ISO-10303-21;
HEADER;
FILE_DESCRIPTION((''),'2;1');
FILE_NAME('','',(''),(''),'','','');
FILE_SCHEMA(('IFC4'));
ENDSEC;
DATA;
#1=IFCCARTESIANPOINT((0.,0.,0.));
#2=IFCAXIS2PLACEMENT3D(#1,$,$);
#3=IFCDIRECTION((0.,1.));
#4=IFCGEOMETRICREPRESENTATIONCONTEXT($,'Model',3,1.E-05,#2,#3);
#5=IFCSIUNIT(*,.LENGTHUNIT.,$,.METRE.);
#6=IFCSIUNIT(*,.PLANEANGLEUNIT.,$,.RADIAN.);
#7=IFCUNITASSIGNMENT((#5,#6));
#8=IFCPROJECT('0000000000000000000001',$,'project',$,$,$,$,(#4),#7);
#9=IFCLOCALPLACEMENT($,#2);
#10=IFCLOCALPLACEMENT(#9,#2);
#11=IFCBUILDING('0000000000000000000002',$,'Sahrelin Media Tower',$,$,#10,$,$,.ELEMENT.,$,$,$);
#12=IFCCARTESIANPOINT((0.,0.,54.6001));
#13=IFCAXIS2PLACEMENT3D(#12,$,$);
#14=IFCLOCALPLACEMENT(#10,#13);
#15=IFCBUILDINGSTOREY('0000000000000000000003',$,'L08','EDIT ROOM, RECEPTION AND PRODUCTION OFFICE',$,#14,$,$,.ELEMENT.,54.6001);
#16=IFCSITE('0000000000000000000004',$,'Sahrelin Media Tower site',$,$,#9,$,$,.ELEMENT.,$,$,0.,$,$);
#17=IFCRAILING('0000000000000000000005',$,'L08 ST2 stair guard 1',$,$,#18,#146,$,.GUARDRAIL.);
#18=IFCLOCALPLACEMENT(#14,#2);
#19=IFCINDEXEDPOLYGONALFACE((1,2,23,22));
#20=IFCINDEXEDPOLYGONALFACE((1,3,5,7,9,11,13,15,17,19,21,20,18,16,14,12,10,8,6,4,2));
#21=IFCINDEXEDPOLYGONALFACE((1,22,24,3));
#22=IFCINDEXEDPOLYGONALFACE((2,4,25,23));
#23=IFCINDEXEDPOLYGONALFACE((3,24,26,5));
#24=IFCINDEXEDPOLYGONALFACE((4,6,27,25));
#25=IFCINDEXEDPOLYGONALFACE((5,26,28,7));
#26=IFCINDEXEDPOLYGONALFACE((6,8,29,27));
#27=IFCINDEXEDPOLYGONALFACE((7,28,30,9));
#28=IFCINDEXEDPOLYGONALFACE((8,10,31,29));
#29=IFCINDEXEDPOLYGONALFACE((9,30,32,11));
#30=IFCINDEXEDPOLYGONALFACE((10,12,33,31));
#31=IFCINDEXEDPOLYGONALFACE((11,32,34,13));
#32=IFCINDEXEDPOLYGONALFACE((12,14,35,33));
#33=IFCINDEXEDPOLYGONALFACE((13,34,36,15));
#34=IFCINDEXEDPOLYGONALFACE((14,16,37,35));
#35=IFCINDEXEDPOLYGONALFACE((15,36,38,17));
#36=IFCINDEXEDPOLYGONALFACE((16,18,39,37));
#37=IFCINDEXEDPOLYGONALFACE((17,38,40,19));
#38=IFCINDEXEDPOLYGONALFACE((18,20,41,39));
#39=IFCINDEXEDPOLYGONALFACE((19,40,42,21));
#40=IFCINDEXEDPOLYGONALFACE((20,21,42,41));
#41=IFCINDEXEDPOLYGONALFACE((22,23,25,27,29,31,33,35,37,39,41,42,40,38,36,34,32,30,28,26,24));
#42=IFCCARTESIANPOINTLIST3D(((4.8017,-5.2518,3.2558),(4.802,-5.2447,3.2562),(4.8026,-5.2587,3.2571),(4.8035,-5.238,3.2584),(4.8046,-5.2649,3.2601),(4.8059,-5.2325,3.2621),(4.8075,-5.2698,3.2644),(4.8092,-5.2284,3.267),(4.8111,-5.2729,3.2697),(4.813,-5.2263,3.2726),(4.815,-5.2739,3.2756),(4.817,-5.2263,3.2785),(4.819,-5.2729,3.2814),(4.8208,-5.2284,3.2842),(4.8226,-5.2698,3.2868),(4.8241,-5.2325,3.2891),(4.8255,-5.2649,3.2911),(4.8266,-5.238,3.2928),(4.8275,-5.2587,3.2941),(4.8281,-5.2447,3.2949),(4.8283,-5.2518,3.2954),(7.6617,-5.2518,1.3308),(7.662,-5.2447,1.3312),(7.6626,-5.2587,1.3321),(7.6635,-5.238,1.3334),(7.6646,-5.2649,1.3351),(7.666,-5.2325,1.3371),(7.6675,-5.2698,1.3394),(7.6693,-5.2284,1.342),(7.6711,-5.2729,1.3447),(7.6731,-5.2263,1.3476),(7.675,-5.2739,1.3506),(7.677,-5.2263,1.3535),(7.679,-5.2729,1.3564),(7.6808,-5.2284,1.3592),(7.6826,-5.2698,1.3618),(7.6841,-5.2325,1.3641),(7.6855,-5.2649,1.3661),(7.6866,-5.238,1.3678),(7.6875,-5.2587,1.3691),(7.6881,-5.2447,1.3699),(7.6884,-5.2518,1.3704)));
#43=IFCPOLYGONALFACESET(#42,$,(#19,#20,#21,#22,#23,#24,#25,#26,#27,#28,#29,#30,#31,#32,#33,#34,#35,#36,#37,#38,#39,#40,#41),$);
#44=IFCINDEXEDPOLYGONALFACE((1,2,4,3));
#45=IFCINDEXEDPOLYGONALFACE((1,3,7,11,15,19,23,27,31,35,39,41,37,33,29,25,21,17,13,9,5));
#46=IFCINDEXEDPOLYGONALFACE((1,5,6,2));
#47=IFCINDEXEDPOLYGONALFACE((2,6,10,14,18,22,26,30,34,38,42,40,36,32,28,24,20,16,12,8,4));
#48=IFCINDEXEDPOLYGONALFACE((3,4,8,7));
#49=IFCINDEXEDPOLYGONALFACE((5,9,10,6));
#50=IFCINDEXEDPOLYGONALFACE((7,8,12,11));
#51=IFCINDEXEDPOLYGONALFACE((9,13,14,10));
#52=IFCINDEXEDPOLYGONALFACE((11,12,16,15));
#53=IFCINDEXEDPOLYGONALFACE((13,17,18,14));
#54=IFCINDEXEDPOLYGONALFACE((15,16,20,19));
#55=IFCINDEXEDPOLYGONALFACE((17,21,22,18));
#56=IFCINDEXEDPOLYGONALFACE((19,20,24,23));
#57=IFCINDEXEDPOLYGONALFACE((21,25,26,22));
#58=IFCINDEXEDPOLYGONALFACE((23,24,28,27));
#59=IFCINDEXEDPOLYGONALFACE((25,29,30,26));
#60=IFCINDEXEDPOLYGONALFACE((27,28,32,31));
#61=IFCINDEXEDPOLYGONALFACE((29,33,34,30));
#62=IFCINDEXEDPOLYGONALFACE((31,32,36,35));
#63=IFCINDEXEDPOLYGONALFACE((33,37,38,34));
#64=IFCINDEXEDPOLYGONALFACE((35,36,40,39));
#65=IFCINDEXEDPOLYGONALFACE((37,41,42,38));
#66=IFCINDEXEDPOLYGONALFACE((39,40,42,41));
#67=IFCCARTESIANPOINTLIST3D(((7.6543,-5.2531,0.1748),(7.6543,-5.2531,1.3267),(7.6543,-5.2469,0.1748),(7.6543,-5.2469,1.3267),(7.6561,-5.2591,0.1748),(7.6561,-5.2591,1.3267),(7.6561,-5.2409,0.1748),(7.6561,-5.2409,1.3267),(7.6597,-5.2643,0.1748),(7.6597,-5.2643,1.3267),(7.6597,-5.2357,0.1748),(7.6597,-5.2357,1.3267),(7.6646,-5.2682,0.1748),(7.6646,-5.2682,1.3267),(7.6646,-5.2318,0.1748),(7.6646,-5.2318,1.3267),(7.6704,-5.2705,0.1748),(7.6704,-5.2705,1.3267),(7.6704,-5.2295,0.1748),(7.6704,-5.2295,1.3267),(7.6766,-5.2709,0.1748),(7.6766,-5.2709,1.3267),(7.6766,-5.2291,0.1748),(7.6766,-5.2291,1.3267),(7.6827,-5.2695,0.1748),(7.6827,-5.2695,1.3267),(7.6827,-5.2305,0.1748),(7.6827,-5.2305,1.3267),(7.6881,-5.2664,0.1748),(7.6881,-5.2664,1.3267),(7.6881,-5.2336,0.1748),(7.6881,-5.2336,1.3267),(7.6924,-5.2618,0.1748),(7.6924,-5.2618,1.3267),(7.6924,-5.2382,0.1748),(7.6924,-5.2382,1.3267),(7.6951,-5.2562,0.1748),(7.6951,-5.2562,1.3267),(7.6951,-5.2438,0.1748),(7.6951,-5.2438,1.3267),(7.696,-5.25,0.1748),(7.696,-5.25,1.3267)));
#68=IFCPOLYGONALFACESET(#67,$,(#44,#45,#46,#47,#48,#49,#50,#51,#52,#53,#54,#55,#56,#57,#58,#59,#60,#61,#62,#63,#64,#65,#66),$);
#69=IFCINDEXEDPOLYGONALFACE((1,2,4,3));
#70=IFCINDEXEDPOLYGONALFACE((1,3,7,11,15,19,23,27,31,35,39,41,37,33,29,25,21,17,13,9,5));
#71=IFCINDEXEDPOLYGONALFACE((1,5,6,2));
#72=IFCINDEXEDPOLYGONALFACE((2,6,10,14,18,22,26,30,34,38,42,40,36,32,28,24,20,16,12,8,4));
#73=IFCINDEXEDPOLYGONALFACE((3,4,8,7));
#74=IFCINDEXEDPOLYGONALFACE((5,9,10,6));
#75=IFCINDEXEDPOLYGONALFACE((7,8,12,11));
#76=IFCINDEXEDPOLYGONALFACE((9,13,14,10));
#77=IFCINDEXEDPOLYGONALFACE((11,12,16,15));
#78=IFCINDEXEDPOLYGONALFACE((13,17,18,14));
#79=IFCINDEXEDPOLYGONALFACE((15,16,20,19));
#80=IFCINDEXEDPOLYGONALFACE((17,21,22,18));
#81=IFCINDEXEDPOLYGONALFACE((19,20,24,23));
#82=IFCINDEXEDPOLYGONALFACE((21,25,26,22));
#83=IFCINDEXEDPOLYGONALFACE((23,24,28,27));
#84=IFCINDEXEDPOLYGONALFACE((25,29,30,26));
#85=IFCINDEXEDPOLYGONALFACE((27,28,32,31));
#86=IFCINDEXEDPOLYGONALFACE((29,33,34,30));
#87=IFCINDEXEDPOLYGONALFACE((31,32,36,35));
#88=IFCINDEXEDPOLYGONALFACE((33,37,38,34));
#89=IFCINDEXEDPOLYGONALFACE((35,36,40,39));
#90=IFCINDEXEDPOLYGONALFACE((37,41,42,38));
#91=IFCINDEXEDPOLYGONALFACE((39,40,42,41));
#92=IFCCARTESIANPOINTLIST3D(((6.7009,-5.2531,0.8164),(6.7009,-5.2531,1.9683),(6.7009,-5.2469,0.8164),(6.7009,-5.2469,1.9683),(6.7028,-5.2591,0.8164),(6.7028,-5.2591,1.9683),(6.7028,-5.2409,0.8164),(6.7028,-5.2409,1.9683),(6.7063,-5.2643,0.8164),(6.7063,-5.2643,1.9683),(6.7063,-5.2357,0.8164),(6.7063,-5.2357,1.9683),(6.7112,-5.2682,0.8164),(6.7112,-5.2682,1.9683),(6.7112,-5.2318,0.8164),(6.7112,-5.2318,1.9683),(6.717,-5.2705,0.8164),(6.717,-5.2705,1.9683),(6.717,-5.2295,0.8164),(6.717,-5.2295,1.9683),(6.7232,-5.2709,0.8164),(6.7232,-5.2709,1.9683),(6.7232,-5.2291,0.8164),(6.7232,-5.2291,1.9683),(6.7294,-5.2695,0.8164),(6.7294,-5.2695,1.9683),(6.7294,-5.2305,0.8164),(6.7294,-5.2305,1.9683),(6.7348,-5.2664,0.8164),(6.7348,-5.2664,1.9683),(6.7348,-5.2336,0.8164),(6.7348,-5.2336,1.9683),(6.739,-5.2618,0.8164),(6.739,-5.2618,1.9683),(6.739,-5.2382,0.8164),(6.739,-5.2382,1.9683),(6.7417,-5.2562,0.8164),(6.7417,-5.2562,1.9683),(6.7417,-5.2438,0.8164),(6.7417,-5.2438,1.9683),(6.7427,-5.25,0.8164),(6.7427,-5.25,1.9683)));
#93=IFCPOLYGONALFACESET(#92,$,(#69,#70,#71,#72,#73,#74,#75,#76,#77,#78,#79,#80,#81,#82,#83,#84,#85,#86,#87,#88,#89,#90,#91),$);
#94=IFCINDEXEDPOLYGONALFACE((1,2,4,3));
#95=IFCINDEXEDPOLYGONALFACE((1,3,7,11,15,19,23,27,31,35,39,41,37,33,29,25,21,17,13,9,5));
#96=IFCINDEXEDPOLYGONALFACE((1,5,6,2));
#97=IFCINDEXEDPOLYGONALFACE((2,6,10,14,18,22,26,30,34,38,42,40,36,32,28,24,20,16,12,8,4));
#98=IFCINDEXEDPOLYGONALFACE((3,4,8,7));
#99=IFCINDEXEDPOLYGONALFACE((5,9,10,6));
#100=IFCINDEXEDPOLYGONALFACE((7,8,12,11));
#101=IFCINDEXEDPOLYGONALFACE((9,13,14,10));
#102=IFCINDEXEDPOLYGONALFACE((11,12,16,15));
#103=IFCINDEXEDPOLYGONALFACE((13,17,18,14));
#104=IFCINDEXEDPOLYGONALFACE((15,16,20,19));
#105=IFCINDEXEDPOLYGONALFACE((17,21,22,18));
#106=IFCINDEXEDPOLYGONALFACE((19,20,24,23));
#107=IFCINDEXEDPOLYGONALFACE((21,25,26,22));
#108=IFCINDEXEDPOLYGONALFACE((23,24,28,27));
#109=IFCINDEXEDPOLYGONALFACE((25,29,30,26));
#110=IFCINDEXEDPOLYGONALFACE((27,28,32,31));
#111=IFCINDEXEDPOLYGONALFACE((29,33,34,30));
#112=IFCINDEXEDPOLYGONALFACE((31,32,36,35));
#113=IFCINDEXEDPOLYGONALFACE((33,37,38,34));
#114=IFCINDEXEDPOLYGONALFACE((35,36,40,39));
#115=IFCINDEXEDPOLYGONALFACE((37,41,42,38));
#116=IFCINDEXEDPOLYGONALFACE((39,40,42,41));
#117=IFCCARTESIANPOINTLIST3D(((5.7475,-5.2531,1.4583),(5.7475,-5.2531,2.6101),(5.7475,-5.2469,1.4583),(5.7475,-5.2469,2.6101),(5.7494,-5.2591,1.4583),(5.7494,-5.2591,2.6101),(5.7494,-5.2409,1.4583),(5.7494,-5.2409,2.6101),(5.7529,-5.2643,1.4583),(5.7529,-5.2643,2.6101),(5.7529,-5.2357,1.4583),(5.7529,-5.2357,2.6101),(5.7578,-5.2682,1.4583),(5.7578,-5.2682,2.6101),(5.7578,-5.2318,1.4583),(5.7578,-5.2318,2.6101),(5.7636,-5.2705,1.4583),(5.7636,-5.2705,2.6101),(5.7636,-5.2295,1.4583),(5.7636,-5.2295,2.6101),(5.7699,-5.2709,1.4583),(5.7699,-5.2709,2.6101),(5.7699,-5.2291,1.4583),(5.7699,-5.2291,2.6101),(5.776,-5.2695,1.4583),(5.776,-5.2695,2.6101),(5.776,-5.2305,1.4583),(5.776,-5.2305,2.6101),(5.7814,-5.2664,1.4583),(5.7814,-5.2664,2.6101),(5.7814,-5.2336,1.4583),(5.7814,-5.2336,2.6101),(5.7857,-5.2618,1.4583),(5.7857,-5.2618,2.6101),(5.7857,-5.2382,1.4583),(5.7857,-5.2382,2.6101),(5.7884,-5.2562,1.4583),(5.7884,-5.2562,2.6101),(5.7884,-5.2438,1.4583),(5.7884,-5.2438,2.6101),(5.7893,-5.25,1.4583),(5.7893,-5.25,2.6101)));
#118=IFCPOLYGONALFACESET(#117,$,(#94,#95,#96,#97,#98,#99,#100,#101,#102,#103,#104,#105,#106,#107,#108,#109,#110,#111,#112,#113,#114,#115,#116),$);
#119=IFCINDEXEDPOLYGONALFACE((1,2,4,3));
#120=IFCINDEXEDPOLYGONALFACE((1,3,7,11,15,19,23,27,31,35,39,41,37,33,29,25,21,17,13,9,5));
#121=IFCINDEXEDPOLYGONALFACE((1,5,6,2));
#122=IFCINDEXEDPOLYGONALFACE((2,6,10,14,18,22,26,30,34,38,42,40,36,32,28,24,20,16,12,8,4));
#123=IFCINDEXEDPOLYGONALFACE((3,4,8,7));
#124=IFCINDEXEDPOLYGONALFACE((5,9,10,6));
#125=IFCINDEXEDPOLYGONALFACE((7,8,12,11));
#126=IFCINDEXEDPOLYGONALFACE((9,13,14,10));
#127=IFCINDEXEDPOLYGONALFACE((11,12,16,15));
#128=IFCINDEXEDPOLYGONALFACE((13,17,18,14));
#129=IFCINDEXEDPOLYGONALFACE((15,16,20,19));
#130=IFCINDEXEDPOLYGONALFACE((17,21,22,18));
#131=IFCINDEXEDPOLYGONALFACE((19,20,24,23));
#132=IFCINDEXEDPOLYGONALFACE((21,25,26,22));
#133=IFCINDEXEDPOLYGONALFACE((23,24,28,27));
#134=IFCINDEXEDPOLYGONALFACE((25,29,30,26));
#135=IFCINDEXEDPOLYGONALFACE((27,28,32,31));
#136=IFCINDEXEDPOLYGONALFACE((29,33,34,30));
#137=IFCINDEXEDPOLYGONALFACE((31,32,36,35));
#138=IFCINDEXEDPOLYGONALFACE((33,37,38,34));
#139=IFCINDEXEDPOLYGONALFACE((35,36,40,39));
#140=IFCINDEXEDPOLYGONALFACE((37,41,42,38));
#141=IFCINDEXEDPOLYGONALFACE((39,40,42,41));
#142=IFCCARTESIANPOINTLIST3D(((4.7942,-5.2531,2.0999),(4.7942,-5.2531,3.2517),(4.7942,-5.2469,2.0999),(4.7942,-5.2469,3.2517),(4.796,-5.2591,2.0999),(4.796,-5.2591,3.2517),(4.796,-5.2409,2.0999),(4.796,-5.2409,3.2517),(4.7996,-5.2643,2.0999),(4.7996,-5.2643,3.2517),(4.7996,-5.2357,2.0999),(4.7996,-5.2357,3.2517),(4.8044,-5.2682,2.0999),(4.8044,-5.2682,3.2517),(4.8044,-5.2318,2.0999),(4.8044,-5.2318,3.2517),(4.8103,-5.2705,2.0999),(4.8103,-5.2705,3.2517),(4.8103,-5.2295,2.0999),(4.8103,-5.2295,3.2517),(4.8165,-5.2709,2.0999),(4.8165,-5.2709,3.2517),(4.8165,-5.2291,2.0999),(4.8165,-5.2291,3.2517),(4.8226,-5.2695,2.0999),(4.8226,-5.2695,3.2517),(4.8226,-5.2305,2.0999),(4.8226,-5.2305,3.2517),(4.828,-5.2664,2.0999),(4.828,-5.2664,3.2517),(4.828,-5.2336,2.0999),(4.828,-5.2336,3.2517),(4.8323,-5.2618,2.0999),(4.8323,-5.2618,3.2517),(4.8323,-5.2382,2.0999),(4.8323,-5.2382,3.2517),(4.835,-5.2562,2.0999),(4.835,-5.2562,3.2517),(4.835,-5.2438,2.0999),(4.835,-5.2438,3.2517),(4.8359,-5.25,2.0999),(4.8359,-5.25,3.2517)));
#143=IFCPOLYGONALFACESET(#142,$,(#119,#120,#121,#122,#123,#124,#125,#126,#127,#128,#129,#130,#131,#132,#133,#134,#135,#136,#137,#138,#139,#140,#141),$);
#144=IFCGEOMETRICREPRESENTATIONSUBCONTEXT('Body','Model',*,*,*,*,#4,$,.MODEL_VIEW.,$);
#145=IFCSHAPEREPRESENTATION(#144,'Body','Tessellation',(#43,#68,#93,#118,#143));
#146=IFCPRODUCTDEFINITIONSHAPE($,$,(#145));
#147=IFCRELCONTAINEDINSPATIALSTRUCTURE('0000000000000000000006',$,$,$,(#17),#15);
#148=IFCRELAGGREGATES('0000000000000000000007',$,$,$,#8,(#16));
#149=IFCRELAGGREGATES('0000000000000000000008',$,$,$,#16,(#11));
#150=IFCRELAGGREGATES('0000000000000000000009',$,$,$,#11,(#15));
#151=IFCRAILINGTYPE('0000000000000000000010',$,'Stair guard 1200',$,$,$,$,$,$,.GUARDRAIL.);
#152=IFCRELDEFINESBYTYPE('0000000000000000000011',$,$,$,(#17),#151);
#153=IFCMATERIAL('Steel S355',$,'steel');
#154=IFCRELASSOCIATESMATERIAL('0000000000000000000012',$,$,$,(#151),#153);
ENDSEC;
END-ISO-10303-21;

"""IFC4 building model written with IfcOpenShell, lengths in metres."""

from ifc_helpers import new_model, si_unit, direction, frame, origin, origin_2d, place, context, subcontext, project, spatial, circle, extrude, material, type_object, element, save


model = new_model("IFC4")

# Units and contexts
model_context = context("Model", 3, precision=1e-05, world=origin(), true_north=direction((0.0, 1.0)))
body_context = subcontext(model_context, "Body", "Model", "MODEL_VIEW")
ifc_project = project(units=[si_unit("LENGTHUNIT", "METRE"), si_unit("PLANEANGLEUNIT", "RADIAN")], contexts=[model_context])

# Site, building, storey
site_placement = place(None, origin())
site = spatial("IfcSite", under=ifc_project, at=site_placement, Name="Sahrelin Media Tower site", CompositionType="ELEMENT", RefElevation=0.0)
building_placement = place(site_placement, origin())
building = spatial("IfcBuilding", under=site, at=building_placement, Name="Sahrelin Media Tower", CompositionType="ELEMENT")
storey_placement = place(building_placement, frame((0.0, 0.0, 54.6001)))
storey = spatial("IfcBuildingStorey", under=building, at=storey_placement, Name="L08", Description="EDIT ROOM, RECEPTION AND PRODUCTION OFFICE", CompositionType="ELEMENT", Elevation=54.6001)

# Shared definitions
ifc_material_1 = material(Name="Steel S355", Category="steel")

# Railing
railing_type_1 = type_object("IfcRailingType", Name="Stair guard 1200", PredefinedType="GUARDRAIL", material=ifc_material_1)
railing_1_placement = place(storey_placement, frame((7.675, -5.25, 0.1748)))
element("IfcRailing", 1, at=railing_1_placement, inside=storey, type_object=railing_type_1, Name="L08 ST2 stair guard 1", PredefinedType="GUARDRAIL", context=body_context, shape_type="SweptSolid", body=[
    extrude(circle(Radius=0.0239, at=origin_2d()), frame((0.0, 0.0, 1.1758), z_axis=(-0.829591, 0.0, 0.558372), x_axis=(0.0, -1.0, 0.0)), (0.0, 0.0, 1.0), 3.4475),
    extrude(circle(Radius=0.021, at=origin_2d()), origin(), (0.0, 0.0, 1.0), 1.1519),
    extrude(circle(Radius=0.021, at=origin_2d()), frame((-0.9534, 0.0, 0.6416)), (0.0, 0.0, 1.0), 1.1519),
    extrude(circle(Radius=0.021, at=origin_2d()), frame((-1.9067, 0.0, 1.2834)), (0.0, 0.0, 1.0), 1.1519),
    extrude(circle(Radius=0.021, at=origin_2d()), frame((-2.8601, 0.0, 1.925)), (0.0, 0.0, 1.0), 1.1519),
])

save(model, "model.ifc")
